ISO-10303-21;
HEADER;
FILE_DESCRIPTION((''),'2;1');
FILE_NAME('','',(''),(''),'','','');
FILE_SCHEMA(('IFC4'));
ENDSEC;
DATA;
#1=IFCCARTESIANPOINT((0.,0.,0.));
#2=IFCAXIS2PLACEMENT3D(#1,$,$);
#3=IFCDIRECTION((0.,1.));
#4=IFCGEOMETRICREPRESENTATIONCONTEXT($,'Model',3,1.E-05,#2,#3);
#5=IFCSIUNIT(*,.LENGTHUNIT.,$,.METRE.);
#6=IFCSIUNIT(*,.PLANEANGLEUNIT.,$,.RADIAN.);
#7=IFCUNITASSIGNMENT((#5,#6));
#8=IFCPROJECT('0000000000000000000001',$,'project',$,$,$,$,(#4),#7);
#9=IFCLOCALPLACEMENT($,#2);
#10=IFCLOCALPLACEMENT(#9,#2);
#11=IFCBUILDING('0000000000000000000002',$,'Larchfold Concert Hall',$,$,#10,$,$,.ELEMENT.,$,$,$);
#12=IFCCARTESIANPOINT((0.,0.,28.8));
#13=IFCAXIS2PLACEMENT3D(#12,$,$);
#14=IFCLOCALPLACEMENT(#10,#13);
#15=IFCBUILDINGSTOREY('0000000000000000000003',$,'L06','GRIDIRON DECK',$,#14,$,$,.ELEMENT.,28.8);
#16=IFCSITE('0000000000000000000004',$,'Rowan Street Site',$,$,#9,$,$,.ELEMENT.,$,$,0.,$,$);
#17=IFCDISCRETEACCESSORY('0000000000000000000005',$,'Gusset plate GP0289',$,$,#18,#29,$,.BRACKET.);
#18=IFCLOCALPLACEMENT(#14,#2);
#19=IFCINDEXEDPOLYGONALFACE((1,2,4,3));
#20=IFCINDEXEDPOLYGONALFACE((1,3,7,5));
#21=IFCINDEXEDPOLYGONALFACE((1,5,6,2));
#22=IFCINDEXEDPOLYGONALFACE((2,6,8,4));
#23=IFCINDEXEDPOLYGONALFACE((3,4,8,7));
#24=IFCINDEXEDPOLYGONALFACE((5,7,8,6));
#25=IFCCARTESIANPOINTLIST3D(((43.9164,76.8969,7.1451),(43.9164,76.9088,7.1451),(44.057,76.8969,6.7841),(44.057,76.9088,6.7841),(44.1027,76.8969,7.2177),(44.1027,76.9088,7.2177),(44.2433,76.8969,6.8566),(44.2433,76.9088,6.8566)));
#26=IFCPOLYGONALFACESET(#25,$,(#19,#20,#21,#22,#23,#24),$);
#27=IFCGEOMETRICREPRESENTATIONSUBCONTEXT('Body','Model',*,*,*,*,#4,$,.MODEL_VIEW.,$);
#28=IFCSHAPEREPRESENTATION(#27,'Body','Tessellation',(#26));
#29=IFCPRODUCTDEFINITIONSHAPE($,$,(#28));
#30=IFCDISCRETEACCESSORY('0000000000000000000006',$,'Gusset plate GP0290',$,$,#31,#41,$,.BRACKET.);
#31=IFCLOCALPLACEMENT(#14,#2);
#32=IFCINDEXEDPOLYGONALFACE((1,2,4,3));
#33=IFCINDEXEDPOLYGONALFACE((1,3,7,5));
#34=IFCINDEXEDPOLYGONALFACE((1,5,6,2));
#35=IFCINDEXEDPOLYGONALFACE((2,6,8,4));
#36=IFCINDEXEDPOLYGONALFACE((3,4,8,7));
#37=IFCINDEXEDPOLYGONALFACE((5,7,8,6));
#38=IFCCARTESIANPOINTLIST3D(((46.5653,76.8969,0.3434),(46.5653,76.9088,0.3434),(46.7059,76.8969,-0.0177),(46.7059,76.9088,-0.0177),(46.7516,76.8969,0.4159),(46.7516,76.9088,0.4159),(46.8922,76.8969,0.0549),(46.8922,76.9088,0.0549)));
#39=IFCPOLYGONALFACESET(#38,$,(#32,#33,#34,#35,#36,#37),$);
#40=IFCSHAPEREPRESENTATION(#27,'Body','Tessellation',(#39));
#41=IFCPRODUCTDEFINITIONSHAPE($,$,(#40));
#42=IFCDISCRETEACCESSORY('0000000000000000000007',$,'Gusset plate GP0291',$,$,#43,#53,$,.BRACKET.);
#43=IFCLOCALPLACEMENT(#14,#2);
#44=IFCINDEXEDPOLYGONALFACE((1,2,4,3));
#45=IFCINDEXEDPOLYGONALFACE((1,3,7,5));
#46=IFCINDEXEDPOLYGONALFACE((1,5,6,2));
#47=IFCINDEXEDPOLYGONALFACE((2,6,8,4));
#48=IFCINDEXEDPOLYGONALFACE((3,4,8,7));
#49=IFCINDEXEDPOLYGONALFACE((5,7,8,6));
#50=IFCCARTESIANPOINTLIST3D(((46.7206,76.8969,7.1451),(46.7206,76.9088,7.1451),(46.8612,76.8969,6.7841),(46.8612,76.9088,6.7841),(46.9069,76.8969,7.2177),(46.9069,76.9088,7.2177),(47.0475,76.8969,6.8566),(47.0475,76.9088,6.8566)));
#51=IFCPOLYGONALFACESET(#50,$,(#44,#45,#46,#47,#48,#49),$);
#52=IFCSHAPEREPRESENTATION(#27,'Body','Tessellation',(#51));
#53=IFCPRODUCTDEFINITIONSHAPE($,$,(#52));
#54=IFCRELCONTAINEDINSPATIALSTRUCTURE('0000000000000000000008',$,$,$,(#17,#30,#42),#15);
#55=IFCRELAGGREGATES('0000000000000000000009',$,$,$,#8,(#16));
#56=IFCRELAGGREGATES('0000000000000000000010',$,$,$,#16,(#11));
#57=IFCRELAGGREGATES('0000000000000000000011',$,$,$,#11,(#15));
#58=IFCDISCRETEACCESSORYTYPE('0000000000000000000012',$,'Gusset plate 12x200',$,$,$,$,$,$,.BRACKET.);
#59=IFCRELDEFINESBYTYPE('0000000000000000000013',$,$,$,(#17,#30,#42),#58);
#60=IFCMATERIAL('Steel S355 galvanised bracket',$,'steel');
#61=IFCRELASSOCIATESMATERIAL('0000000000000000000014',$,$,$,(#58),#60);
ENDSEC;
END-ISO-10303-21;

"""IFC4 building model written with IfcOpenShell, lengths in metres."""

from ifc_helpers import new_model, si_unit, direction, frame, origin, origin_2d, place, context, subcontext, project, spatial, rectangle, extrude, material, material_profile, profile_set, type_object, element, save


model = new_model("IFC4")

# Units and contexts
model_context = context("Model", 3, precision=1e-05, world=origin(), true_north=direction((0.0, 1.0)))
body_context = subcontext(model_context, "Body", "Model", "MODEL_VIEW")
ifc_project = project(units=[si_unit("LENGTHUNIT", "METRE"), si_unit("PLANEANGLEUNIT", "RADIAN")], contexts=[model_context])

# Site, building, storey
site_placement = place(None, origin())
site = spatial("IfcSite", under=ifc_project, at=site_placement, Name="Rowan Street Site", CompositionType="ELEMENT", RefElevation=0.0)
building_placement = place(site_placement, origin())
building = spatial("IfcBuilding", under=site, at=building_placement, Name="Larchfold Concert Hall", CompositionType="ELEMENT")
storey_placement = place(building_placement, frame((0.0, 0.0, 28.8)))
storey = spatial("IfcBuildingStorey", under=building, at=storey_placement, Name="L06", Description="GRIDIRON DECK", CompositionType="ELEMENT", Elevation=28.8)

# Discrete accessories
ifc_material_1 = material(Name="Steel S355 galvanised bracket", Category="steel")
ifc_material_profile_1 = material_profile(ifc_material_1, rectangle(XDim=0.012, YDim=0.2, at=origin_2d()))
ifc_profile_set_1 = profile_set([ifc_material_profile_1], Name="Steel S355 galvanised bracket")
discrete_accessory_type_1 = type_object("IfcDiscreteAccessoryType", Name="Gusset plate 12x200", PredefinedType="BRACKET", material=ifc_profile_set_1)
for number, where, z_axis, x_axis, name in (
    (1, (44.0095, 76.9028, 7.1814), (0.362902, 0.0, -0.931827), (0.0, 1.0, 0.0), "Gusset plate GP0289"),
    (2, (46.6584, 76.9028, 0.3796), (0.362902, 0.0, -0.931827), (0.0, 1.0, 0.0), "Gusset plate GP0290"),
    (3, (46.8137, 76.9028, 7.1814), (0.362902, 0.0, -0.931827), (0.0, 1.0, 0.0), "Gusset plate GP0291"),
):
    element("IfcDiscreteAccessory", number, at=place(storey_placement, frame(where, z_axis=z_axis, x_axis=x_axis)), inside=storey, type_object=discrete_accessory_type_1, Name=name, PredefinedType="BRACKET", context=body_context, shape_type="SweptSolid", body=[
        extrude(rectangle(XDim=0.012, YDim=0.2, at=origin_2d()), origin(), (0.0, 0.0, 1.0), 0.3875),
    ])

save(model, "model.ifc")
